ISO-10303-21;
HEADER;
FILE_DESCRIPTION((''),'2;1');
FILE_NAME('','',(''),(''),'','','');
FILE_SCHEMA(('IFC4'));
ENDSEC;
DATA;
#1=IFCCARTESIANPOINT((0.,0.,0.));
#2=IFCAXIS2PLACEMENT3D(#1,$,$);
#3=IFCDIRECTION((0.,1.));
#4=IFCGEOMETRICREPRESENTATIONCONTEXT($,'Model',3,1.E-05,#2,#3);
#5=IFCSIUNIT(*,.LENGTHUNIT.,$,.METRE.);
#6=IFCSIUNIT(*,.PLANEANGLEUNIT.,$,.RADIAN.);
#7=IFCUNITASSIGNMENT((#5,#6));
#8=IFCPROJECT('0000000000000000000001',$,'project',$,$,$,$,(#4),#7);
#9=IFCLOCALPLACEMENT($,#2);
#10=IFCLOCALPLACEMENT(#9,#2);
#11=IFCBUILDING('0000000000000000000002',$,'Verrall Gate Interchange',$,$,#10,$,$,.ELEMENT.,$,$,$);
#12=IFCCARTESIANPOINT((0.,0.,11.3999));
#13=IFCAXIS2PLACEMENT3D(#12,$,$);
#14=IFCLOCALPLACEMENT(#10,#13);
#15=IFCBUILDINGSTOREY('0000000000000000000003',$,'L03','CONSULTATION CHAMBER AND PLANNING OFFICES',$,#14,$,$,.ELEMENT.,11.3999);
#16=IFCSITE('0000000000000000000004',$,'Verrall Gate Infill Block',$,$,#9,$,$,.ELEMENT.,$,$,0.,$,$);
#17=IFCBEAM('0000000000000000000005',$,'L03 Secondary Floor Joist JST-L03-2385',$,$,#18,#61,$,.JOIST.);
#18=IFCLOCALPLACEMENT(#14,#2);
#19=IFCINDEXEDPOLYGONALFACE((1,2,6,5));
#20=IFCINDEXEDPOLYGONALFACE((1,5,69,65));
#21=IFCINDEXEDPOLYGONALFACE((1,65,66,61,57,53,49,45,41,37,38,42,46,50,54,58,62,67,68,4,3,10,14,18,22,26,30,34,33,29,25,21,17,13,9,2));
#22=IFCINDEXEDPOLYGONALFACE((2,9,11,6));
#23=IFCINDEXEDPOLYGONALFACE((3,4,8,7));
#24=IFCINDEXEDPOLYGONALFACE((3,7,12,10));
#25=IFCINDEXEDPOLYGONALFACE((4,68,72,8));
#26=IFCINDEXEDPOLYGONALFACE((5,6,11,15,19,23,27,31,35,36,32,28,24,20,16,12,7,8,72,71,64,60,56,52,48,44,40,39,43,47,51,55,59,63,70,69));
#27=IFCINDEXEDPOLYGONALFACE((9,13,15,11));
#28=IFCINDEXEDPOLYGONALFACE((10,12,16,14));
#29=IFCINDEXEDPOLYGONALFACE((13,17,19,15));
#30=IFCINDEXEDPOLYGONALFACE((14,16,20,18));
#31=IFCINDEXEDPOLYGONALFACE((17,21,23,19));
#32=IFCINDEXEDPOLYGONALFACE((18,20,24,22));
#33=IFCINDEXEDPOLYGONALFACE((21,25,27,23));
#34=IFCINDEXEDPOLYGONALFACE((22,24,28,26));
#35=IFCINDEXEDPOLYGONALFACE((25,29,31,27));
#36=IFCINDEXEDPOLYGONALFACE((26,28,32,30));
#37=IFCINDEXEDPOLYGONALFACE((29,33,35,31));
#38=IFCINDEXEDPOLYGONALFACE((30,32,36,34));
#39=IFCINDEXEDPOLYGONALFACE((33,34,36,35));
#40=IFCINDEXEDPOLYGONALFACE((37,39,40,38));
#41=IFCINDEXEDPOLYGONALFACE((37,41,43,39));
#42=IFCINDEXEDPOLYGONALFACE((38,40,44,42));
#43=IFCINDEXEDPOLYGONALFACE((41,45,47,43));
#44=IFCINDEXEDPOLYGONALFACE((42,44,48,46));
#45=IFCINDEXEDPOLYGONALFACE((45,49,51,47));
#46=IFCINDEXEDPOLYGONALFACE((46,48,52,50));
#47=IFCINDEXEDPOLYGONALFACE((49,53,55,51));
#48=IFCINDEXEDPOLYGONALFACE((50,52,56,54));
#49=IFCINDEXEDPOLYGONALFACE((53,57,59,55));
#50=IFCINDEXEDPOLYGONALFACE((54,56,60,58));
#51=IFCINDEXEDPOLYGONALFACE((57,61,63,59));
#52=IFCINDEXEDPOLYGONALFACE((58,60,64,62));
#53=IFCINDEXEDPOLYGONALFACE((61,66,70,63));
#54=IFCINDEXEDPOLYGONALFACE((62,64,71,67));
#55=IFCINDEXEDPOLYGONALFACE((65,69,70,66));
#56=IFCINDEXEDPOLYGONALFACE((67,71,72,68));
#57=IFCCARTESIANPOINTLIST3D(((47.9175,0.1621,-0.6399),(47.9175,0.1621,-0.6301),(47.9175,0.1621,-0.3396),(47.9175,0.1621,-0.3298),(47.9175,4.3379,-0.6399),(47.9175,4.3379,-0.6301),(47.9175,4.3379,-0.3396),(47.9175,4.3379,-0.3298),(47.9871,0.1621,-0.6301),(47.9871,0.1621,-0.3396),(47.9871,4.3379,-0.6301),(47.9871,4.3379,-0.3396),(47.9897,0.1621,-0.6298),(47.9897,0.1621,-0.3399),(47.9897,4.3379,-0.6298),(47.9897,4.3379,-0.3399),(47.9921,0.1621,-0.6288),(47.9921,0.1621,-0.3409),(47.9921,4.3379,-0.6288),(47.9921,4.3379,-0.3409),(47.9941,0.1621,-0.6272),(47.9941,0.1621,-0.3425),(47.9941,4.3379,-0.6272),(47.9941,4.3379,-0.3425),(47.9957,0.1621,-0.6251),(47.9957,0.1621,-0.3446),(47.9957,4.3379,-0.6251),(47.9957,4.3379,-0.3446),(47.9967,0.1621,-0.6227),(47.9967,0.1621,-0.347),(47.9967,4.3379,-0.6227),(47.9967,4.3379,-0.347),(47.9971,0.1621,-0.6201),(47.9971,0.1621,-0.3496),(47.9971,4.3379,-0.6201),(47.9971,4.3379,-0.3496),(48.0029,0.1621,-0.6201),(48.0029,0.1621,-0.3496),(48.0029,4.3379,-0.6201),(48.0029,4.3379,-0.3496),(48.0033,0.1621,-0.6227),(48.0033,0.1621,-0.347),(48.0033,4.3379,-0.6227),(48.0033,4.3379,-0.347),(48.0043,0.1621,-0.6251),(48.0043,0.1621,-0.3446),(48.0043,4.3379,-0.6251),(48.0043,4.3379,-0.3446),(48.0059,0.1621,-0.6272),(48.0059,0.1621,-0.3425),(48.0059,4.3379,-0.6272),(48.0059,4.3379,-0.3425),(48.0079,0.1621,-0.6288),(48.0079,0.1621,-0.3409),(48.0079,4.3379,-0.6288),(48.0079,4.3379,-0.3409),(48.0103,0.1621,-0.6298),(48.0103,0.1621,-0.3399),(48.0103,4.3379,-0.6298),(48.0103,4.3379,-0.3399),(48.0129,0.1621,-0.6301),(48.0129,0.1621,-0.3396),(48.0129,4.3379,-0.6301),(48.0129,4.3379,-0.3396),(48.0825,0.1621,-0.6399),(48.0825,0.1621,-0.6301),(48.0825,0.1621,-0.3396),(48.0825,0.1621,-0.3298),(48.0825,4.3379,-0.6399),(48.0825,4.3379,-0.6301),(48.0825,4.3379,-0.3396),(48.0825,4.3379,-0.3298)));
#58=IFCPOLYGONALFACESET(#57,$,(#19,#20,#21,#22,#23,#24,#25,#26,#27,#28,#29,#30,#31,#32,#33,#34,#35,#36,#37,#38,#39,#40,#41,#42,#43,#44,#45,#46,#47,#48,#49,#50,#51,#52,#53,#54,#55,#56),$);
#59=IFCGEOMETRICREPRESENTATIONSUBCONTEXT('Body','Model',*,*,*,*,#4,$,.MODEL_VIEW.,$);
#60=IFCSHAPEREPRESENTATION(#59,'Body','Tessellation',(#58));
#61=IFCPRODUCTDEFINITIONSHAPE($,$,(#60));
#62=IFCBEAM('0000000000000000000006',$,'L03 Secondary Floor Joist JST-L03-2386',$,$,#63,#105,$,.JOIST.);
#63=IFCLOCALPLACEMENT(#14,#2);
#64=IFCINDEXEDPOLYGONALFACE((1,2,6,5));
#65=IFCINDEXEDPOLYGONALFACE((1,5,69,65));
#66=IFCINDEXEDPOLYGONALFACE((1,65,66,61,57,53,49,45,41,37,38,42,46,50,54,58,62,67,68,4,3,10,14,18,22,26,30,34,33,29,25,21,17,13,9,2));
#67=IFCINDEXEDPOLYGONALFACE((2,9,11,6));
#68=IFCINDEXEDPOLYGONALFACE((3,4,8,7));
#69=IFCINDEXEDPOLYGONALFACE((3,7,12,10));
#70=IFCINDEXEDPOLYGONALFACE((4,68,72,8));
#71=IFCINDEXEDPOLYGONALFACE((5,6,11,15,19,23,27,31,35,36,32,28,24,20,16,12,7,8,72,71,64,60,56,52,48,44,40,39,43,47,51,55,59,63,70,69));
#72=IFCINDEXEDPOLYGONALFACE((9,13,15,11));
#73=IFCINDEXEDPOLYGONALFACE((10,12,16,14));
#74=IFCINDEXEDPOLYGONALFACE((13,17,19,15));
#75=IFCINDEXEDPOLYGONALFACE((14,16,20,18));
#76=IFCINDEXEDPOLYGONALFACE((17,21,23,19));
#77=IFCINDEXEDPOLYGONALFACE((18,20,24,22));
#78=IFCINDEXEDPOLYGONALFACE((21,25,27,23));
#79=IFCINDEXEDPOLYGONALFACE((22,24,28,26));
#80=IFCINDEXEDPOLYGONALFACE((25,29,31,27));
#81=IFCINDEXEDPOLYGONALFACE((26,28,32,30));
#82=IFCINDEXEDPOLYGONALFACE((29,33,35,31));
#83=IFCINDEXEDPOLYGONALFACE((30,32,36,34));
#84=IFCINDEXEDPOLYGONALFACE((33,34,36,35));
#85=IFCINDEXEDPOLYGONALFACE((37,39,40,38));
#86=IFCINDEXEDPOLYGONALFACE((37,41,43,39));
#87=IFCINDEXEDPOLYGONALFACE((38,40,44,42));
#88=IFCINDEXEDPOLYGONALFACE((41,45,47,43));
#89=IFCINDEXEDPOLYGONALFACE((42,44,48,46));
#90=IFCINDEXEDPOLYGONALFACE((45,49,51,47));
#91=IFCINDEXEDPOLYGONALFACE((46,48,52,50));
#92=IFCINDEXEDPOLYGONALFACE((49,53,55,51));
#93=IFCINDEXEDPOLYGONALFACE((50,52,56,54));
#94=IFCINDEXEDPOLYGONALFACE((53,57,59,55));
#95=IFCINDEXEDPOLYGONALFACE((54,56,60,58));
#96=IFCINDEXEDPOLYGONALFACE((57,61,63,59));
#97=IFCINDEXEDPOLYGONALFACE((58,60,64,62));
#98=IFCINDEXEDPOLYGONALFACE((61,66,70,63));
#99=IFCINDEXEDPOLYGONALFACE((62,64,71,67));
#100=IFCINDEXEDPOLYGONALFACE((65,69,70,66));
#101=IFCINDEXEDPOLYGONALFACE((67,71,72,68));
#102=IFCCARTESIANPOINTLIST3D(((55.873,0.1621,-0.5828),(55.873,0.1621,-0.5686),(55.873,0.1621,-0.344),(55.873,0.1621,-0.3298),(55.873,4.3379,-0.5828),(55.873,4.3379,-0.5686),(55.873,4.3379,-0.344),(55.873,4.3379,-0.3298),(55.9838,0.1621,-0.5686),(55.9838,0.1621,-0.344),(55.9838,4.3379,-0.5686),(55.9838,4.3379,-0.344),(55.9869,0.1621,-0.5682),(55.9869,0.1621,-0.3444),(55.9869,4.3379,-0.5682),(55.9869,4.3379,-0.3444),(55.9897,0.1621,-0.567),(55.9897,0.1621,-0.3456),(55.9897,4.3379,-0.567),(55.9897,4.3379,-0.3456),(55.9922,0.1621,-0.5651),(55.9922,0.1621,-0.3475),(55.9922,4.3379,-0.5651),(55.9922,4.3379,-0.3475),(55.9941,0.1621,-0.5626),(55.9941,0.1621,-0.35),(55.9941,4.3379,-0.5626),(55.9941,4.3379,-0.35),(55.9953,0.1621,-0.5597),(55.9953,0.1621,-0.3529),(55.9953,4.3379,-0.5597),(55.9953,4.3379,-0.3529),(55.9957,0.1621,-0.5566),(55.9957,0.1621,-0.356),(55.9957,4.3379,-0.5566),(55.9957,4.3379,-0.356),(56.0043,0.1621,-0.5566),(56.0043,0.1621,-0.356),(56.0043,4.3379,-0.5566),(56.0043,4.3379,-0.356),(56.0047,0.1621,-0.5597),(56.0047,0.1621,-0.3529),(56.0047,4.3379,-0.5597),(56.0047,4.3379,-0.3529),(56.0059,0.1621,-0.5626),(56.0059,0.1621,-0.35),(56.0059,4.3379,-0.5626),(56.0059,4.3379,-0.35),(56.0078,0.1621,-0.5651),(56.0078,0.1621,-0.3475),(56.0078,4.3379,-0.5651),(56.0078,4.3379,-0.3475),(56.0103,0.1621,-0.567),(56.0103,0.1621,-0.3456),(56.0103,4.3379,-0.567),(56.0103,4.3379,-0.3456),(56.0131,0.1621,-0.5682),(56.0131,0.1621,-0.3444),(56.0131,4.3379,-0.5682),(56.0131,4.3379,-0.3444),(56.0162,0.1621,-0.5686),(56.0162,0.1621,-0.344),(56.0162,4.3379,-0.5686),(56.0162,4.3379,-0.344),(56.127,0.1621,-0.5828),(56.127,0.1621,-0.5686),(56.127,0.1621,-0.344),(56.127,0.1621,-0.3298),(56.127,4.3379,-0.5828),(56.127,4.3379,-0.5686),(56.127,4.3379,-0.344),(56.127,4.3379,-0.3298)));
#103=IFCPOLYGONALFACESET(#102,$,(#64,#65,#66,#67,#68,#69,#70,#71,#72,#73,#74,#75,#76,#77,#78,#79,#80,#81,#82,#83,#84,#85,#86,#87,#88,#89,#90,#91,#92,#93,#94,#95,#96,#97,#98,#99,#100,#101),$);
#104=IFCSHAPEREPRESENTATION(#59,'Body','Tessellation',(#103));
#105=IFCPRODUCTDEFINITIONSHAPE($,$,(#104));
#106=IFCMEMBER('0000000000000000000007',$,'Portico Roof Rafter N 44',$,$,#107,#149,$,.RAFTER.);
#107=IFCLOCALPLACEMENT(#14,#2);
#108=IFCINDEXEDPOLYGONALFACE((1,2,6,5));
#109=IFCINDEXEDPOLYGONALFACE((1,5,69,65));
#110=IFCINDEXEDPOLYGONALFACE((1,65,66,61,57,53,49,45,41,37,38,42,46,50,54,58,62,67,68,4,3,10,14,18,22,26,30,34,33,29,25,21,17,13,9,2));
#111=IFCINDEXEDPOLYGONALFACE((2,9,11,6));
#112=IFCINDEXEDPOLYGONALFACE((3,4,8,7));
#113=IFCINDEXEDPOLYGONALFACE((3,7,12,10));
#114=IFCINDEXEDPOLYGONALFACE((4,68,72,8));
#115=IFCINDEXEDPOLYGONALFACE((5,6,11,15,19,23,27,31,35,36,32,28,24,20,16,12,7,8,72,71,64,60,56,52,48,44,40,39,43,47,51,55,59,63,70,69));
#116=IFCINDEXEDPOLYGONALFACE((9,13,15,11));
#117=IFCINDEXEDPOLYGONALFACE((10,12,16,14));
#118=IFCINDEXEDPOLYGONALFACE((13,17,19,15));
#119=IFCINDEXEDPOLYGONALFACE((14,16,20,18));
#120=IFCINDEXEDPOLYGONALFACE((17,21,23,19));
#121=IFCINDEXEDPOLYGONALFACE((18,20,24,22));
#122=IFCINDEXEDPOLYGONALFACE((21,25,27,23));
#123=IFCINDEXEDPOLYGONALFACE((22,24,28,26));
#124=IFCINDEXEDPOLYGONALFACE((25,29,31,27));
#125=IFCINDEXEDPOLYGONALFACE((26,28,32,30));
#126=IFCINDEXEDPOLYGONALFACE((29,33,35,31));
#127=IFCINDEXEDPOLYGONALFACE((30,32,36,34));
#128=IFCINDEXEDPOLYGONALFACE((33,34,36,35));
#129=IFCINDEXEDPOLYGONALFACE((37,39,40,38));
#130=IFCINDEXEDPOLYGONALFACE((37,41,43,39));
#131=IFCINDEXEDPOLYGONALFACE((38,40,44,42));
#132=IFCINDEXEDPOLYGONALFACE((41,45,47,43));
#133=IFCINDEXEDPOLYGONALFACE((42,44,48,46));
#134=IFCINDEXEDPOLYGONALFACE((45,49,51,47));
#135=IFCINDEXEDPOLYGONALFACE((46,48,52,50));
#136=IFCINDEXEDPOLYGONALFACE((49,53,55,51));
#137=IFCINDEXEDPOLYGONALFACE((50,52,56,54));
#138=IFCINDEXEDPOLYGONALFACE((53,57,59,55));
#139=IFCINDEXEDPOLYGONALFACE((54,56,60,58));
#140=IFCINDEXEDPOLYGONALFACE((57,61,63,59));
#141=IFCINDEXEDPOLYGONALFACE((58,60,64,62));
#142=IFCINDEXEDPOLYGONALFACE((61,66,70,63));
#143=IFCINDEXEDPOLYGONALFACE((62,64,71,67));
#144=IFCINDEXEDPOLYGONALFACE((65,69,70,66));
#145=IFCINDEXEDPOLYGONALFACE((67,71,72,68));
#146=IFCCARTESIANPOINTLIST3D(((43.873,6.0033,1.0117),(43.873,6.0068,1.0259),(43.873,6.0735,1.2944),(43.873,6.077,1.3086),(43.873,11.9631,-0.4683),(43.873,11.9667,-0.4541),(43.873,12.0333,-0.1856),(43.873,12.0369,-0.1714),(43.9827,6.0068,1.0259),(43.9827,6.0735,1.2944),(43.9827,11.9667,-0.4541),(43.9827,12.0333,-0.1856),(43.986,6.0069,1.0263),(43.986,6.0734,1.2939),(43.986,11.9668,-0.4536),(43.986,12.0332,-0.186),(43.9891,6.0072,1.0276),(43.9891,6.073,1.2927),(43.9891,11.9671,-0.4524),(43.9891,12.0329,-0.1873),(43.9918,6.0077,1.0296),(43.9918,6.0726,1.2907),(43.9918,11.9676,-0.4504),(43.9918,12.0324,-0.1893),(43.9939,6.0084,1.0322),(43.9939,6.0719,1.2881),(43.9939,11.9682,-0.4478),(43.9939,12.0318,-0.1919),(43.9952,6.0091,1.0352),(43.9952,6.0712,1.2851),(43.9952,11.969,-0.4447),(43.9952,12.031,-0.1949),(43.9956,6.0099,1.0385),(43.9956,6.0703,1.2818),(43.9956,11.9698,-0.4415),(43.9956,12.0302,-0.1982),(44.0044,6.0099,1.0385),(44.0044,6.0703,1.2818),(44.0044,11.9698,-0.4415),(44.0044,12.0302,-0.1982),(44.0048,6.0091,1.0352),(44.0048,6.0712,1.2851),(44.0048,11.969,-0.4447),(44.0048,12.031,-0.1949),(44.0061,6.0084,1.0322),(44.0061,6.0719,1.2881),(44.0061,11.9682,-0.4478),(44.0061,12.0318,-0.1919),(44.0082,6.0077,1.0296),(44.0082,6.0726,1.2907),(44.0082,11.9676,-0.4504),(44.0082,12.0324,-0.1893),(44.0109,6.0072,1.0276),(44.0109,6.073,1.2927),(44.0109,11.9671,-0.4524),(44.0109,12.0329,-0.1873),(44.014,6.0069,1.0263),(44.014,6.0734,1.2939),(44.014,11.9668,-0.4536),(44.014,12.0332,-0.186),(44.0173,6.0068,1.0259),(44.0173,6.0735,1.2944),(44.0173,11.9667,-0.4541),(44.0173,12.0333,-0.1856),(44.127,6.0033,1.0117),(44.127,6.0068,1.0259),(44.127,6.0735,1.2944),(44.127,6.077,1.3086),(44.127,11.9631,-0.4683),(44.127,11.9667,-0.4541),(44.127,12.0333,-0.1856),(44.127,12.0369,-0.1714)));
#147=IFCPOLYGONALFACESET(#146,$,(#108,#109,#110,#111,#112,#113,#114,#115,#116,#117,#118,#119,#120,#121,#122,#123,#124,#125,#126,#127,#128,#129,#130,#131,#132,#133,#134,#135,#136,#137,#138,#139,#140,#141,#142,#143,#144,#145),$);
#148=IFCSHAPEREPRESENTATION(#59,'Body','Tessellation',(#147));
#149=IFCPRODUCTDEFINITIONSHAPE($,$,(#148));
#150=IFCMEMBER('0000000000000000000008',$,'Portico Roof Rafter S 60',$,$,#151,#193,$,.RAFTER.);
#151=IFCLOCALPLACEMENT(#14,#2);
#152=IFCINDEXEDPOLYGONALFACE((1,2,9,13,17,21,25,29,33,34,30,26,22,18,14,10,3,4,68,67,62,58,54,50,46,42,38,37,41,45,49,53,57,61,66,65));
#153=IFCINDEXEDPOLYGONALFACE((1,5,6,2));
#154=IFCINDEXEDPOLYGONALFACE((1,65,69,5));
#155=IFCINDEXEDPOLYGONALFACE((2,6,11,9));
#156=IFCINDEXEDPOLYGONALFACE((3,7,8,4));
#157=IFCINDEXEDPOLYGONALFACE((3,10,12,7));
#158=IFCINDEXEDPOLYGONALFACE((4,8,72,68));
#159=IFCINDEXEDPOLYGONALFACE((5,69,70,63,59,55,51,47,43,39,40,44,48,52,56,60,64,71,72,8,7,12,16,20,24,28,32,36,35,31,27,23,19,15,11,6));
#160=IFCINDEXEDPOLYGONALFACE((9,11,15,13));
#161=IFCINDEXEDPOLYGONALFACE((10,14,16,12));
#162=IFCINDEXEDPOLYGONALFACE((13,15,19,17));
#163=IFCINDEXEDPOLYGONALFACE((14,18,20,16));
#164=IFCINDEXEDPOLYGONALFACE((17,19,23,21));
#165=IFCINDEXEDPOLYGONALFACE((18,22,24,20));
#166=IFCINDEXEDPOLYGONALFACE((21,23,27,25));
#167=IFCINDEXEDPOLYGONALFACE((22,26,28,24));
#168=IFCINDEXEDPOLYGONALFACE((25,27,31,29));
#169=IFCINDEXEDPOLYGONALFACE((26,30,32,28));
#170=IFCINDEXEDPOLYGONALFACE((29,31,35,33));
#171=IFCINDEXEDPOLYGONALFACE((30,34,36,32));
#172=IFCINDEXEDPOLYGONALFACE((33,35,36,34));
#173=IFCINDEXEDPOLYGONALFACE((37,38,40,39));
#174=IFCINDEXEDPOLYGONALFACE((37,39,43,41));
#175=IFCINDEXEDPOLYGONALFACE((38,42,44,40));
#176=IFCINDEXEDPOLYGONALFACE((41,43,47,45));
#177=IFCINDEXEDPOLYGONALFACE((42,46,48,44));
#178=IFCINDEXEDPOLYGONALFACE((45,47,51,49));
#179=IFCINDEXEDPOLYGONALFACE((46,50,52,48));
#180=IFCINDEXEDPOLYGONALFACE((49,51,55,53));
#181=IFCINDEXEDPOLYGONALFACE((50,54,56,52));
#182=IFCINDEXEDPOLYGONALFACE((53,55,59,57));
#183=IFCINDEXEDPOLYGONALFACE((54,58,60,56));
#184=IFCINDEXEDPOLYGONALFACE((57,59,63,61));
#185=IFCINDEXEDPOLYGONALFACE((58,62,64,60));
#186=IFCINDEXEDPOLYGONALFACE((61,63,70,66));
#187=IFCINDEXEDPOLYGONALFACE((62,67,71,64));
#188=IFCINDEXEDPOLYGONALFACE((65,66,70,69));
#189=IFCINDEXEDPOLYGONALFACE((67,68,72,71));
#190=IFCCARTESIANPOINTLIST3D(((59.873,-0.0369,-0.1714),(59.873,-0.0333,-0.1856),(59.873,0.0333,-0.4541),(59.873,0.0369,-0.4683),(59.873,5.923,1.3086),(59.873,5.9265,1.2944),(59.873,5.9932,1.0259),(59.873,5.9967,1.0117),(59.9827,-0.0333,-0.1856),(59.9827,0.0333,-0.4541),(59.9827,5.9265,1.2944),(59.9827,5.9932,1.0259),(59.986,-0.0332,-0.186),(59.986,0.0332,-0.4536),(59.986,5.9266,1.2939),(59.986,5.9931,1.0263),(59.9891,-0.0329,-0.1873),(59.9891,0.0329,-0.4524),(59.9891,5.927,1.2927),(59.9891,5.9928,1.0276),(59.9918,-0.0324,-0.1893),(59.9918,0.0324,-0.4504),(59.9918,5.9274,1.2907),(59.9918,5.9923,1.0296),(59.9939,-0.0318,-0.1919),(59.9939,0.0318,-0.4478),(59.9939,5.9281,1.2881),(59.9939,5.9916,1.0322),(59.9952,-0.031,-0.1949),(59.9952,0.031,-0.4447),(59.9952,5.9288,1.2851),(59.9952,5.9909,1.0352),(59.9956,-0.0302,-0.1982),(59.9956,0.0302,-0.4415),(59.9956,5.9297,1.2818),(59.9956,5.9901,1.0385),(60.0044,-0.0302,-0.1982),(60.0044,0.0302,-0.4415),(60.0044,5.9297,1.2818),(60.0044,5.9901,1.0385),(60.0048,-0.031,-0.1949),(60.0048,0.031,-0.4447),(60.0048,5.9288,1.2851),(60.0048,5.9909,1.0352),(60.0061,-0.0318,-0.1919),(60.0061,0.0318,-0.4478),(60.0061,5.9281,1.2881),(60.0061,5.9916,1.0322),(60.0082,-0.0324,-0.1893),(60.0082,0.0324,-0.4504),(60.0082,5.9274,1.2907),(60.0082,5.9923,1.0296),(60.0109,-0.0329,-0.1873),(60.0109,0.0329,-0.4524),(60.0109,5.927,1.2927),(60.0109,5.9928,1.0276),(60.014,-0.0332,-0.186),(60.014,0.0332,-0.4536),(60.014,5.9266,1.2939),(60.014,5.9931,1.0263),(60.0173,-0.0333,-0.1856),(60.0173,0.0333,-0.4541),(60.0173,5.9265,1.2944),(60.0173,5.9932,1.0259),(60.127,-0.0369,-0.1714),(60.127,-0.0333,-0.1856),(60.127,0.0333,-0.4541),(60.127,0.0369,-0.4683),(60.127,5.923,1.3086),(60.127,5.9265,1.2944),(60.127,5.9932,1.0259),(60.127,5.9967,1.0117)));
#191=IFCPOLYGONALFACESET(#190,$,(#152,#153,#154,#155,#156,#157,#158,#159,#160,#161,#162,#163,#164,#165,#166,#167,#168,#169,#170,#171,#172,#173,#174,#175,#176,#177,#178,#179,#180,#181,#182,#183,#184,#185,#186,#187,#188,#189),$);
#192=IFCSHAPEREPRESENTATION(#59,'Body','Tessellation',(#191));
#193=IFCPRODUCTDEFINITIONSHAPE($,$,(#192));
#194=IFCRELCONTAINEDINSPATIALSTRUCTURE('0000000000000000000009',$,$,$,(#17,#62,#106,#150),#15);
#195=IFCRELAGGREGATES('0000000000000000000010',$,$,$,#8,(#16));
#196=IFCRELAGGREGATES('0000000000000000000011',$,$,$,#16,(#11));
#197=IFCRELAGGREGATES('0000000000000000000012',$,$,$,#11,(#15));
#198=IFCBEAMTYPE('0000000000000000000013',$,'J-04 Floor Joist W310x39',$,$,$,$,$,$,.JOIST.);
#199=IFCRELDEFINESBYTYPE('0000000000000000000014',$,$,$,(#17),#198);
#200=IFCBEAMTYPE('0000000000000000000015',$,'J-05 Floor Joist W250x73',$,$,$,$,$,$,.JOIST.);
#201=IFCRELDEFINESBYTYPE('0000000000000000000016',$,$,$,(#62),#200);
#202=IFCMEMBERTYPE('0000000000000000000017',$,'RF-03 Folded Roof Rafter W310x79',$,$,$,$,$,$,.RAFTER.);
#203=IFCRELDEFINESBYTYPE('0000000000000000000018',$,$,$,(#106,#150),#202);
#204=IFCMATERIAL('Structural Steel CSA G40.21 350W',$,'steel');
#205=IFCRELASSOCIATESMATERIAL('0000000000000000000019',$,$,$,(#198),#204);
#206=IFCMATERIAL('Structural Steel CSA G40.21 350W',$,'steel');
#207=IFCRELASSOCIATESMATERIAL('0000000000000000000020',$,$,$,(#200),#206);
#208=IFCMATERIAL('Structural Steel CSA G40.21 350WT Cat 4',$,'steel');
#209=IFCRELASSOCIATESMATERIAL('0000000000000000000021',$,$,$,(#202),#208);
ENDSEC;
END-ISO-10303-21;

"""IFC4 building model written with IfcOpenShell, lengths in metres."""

from ifc_helpers import new_model, si_unit, direction, frame, origin, origin_2d, place, context, subcontext, project, spatial, i_section, extrude, material, material_profile, profile_set, type_object, element, save


model = new_model("IFC4")

# Units and contexts
model_context = context("Model", 3, precision=1e-05, world=origin(), true_north=direction((0.0, 1.0)))
body_context = subcontext(model_context, "Body", "Model", "MODEL_VIEW")
ifc_project = project(units=[si_unit("LENGTHUNIT", "METRE"), si_unit("PLANEANGLEUNIT", "RADIAN")], contexts=[model_context])

# Site, building, storey
site_placement = place(None, origin())
site = spatial("IfcSite", under=ifc_project, at=site_placement, Name="Verrall Gate Infill Block", CompositionType="ELEMENT", RefElevation=0.0)
building_placement = place(site_placement, origin())
building = spatial("IfcBuilding", under=site, at=building_placement, Name="Verrall Gate Interchange", CompositionType="ELEMENT")
storey_placement = place(building_placement, frame((0.0, 0.0, 11.3999)))
storey = spatial("IfcBuildingStorey", under=building, at=storey_placement, Name="L03", Description="CONSULTATION CHAMBER AND PLANNING OFFICES", CompositionType="ELEMENT", Elevation=11.3999)

# Beams
ifc_material_1 = material(Name="Structural Steel CSA G40.21 350W", Category="steel")
ifc_material_profile_1 = material_profile(ifc_material_1, i_section(OverallWidth=0.165, OverallDepth=0.3101, WebThickness=0.0059, FlangeThickness=0.0098, FilletRadius=0.01, at=origin_2d()), Name="W310x39")
ifc_profile_set_1 = profile_set([ifc_material_profile_1], Name="Structural Steel CSA G40.21 350W")
beam_type_1 = type_object("IfcBeamType", Name="J-04 Floor Joist W310x39", PredefinedType="JOIST", material=ifc_profile_set_1)
beam_1_placement = place(storey_placement, frame((48.0, 0.1621, -0.4849), z_axis=(0.0, 1.0, 0.0), x_axis=(-1.0, 0.0, 0.0)))
element("IfcBeam", 1, at=beam_1_placement, inside=storey, type_object=beam_type_1, Name="L03 Secondary Floor Joist JST-L03-2385", PredefinedType="JOIST", context=body_context, shape_type="SweptSolid", body=[
    extrude(i_section(OverallWidth=0.165, OverallDepth=0.3101, WebThickness=0.0059, FlangeThickness=0.0098, FilletRadius=0.01, at=origin_2d()), origin(), (0.0, 0.0, 1.0), 4.1758),
])
ifc_material_2 = material(Name="Structural Steel CSA G40.21 350W", Category="steel")
ifc_material_profile_2 = material_profile(ifc_material_2, i_section(OverallWidth=0.2539, OverallDepth=0.2529, WebThickness=0.0085, FlangeThickness=0.0142, FilletRadius=0.012, at=origin_2d()), Name="W250x73")
ifc_profile_set_2 = profile_set([ifc_material_profile_2], Name="Structural Steel CSA G40.21 350W")
beam_type_2 = type_object("IfcBeamType", Name="J-05 Floor Joist W250x73", PredefinedType="JOIST", material=ifc_profile_set_2)
beam_2_placement = place(storey_placement, frame((56.0, 0.1621, -0.4563), z_axis=(0.0, 1.0, 0.0), x_axis=(-1.0, 0.0, 0.0)))
element("IfcBeam", 2, at=beam_2_placement, inside=storey, type_object=beam_type_2, Name="L03 Secondary Floor Joist JST-L03-2386", PredefinedType="JOIST", context=body_context, shape_type="SweptSolid", body=[
    extrude(i_section(OverallWidth=0.2539, OverallDepth=0.2529, WebThickness=0.0085, FlangeThickness=0.0142, FilletRadius=0.012, at=origin_2d()), origin(), (0.0, 0.0, 1.0), 4.1758),
])

# Members
ifc_material_3 = material(Name="Structural Steel CSA G40.21 350WT Cat 4", Category="steel")
ifc_material_profile_3 = material_profile(ifc_material_3, i_section(OverallWidth=0.2539, OverallDepth=0.3059, WebThickness=0.0088, FlangeThickness=0.0146, FilletRadius=0.0129, at=origin_2d()), Name="W310x79")
ifc_profile_set_3 = profile_set([ifc_material_profile_3], Name="Structural Steel CSA G40.21 350WT Cat 4")
member_type_1 = type_object("IfcMemberType", Name="RF-03 Folded Roof Rafter W310x79", PredefinedType="RAFTER", material=ifc_profile_set_3)
for number, where, z_axis, x_axis, name in (
    (3, (44.0, 12.0, -0.3198), (0.0, -0.970525, 0.241001), (1.0, 0.0, 0.0), "Portico Roof Rafter N 44"),
    (4, (60.0, 0.0, -0.3198), (0.0, 0.970525, 0.241001), (-1.0, 0.0, 0.0), "Portico Roof Rafter S 60"),
):
    element("IfcMember", number, at=place(storey_placement, frame(where, z_axis=z_axis, x_axis=x_axis)), inside=storey, type_object=member_type_1, Name=name, PredefinedType="RAFTER", context=body_context, shape_type="SweptSolid", body=[
        extrude(i_section(OverallWidth=0.2539, OverallDepth=0.3059, WebThickness=0.0088, FlangeThickness=0.0146, FilletRadius=0.0129, at=origin_2d()), origin(), (0.0, 0.0, 1.0), 6.1409),
    ])

save(model, "model.ifc")
